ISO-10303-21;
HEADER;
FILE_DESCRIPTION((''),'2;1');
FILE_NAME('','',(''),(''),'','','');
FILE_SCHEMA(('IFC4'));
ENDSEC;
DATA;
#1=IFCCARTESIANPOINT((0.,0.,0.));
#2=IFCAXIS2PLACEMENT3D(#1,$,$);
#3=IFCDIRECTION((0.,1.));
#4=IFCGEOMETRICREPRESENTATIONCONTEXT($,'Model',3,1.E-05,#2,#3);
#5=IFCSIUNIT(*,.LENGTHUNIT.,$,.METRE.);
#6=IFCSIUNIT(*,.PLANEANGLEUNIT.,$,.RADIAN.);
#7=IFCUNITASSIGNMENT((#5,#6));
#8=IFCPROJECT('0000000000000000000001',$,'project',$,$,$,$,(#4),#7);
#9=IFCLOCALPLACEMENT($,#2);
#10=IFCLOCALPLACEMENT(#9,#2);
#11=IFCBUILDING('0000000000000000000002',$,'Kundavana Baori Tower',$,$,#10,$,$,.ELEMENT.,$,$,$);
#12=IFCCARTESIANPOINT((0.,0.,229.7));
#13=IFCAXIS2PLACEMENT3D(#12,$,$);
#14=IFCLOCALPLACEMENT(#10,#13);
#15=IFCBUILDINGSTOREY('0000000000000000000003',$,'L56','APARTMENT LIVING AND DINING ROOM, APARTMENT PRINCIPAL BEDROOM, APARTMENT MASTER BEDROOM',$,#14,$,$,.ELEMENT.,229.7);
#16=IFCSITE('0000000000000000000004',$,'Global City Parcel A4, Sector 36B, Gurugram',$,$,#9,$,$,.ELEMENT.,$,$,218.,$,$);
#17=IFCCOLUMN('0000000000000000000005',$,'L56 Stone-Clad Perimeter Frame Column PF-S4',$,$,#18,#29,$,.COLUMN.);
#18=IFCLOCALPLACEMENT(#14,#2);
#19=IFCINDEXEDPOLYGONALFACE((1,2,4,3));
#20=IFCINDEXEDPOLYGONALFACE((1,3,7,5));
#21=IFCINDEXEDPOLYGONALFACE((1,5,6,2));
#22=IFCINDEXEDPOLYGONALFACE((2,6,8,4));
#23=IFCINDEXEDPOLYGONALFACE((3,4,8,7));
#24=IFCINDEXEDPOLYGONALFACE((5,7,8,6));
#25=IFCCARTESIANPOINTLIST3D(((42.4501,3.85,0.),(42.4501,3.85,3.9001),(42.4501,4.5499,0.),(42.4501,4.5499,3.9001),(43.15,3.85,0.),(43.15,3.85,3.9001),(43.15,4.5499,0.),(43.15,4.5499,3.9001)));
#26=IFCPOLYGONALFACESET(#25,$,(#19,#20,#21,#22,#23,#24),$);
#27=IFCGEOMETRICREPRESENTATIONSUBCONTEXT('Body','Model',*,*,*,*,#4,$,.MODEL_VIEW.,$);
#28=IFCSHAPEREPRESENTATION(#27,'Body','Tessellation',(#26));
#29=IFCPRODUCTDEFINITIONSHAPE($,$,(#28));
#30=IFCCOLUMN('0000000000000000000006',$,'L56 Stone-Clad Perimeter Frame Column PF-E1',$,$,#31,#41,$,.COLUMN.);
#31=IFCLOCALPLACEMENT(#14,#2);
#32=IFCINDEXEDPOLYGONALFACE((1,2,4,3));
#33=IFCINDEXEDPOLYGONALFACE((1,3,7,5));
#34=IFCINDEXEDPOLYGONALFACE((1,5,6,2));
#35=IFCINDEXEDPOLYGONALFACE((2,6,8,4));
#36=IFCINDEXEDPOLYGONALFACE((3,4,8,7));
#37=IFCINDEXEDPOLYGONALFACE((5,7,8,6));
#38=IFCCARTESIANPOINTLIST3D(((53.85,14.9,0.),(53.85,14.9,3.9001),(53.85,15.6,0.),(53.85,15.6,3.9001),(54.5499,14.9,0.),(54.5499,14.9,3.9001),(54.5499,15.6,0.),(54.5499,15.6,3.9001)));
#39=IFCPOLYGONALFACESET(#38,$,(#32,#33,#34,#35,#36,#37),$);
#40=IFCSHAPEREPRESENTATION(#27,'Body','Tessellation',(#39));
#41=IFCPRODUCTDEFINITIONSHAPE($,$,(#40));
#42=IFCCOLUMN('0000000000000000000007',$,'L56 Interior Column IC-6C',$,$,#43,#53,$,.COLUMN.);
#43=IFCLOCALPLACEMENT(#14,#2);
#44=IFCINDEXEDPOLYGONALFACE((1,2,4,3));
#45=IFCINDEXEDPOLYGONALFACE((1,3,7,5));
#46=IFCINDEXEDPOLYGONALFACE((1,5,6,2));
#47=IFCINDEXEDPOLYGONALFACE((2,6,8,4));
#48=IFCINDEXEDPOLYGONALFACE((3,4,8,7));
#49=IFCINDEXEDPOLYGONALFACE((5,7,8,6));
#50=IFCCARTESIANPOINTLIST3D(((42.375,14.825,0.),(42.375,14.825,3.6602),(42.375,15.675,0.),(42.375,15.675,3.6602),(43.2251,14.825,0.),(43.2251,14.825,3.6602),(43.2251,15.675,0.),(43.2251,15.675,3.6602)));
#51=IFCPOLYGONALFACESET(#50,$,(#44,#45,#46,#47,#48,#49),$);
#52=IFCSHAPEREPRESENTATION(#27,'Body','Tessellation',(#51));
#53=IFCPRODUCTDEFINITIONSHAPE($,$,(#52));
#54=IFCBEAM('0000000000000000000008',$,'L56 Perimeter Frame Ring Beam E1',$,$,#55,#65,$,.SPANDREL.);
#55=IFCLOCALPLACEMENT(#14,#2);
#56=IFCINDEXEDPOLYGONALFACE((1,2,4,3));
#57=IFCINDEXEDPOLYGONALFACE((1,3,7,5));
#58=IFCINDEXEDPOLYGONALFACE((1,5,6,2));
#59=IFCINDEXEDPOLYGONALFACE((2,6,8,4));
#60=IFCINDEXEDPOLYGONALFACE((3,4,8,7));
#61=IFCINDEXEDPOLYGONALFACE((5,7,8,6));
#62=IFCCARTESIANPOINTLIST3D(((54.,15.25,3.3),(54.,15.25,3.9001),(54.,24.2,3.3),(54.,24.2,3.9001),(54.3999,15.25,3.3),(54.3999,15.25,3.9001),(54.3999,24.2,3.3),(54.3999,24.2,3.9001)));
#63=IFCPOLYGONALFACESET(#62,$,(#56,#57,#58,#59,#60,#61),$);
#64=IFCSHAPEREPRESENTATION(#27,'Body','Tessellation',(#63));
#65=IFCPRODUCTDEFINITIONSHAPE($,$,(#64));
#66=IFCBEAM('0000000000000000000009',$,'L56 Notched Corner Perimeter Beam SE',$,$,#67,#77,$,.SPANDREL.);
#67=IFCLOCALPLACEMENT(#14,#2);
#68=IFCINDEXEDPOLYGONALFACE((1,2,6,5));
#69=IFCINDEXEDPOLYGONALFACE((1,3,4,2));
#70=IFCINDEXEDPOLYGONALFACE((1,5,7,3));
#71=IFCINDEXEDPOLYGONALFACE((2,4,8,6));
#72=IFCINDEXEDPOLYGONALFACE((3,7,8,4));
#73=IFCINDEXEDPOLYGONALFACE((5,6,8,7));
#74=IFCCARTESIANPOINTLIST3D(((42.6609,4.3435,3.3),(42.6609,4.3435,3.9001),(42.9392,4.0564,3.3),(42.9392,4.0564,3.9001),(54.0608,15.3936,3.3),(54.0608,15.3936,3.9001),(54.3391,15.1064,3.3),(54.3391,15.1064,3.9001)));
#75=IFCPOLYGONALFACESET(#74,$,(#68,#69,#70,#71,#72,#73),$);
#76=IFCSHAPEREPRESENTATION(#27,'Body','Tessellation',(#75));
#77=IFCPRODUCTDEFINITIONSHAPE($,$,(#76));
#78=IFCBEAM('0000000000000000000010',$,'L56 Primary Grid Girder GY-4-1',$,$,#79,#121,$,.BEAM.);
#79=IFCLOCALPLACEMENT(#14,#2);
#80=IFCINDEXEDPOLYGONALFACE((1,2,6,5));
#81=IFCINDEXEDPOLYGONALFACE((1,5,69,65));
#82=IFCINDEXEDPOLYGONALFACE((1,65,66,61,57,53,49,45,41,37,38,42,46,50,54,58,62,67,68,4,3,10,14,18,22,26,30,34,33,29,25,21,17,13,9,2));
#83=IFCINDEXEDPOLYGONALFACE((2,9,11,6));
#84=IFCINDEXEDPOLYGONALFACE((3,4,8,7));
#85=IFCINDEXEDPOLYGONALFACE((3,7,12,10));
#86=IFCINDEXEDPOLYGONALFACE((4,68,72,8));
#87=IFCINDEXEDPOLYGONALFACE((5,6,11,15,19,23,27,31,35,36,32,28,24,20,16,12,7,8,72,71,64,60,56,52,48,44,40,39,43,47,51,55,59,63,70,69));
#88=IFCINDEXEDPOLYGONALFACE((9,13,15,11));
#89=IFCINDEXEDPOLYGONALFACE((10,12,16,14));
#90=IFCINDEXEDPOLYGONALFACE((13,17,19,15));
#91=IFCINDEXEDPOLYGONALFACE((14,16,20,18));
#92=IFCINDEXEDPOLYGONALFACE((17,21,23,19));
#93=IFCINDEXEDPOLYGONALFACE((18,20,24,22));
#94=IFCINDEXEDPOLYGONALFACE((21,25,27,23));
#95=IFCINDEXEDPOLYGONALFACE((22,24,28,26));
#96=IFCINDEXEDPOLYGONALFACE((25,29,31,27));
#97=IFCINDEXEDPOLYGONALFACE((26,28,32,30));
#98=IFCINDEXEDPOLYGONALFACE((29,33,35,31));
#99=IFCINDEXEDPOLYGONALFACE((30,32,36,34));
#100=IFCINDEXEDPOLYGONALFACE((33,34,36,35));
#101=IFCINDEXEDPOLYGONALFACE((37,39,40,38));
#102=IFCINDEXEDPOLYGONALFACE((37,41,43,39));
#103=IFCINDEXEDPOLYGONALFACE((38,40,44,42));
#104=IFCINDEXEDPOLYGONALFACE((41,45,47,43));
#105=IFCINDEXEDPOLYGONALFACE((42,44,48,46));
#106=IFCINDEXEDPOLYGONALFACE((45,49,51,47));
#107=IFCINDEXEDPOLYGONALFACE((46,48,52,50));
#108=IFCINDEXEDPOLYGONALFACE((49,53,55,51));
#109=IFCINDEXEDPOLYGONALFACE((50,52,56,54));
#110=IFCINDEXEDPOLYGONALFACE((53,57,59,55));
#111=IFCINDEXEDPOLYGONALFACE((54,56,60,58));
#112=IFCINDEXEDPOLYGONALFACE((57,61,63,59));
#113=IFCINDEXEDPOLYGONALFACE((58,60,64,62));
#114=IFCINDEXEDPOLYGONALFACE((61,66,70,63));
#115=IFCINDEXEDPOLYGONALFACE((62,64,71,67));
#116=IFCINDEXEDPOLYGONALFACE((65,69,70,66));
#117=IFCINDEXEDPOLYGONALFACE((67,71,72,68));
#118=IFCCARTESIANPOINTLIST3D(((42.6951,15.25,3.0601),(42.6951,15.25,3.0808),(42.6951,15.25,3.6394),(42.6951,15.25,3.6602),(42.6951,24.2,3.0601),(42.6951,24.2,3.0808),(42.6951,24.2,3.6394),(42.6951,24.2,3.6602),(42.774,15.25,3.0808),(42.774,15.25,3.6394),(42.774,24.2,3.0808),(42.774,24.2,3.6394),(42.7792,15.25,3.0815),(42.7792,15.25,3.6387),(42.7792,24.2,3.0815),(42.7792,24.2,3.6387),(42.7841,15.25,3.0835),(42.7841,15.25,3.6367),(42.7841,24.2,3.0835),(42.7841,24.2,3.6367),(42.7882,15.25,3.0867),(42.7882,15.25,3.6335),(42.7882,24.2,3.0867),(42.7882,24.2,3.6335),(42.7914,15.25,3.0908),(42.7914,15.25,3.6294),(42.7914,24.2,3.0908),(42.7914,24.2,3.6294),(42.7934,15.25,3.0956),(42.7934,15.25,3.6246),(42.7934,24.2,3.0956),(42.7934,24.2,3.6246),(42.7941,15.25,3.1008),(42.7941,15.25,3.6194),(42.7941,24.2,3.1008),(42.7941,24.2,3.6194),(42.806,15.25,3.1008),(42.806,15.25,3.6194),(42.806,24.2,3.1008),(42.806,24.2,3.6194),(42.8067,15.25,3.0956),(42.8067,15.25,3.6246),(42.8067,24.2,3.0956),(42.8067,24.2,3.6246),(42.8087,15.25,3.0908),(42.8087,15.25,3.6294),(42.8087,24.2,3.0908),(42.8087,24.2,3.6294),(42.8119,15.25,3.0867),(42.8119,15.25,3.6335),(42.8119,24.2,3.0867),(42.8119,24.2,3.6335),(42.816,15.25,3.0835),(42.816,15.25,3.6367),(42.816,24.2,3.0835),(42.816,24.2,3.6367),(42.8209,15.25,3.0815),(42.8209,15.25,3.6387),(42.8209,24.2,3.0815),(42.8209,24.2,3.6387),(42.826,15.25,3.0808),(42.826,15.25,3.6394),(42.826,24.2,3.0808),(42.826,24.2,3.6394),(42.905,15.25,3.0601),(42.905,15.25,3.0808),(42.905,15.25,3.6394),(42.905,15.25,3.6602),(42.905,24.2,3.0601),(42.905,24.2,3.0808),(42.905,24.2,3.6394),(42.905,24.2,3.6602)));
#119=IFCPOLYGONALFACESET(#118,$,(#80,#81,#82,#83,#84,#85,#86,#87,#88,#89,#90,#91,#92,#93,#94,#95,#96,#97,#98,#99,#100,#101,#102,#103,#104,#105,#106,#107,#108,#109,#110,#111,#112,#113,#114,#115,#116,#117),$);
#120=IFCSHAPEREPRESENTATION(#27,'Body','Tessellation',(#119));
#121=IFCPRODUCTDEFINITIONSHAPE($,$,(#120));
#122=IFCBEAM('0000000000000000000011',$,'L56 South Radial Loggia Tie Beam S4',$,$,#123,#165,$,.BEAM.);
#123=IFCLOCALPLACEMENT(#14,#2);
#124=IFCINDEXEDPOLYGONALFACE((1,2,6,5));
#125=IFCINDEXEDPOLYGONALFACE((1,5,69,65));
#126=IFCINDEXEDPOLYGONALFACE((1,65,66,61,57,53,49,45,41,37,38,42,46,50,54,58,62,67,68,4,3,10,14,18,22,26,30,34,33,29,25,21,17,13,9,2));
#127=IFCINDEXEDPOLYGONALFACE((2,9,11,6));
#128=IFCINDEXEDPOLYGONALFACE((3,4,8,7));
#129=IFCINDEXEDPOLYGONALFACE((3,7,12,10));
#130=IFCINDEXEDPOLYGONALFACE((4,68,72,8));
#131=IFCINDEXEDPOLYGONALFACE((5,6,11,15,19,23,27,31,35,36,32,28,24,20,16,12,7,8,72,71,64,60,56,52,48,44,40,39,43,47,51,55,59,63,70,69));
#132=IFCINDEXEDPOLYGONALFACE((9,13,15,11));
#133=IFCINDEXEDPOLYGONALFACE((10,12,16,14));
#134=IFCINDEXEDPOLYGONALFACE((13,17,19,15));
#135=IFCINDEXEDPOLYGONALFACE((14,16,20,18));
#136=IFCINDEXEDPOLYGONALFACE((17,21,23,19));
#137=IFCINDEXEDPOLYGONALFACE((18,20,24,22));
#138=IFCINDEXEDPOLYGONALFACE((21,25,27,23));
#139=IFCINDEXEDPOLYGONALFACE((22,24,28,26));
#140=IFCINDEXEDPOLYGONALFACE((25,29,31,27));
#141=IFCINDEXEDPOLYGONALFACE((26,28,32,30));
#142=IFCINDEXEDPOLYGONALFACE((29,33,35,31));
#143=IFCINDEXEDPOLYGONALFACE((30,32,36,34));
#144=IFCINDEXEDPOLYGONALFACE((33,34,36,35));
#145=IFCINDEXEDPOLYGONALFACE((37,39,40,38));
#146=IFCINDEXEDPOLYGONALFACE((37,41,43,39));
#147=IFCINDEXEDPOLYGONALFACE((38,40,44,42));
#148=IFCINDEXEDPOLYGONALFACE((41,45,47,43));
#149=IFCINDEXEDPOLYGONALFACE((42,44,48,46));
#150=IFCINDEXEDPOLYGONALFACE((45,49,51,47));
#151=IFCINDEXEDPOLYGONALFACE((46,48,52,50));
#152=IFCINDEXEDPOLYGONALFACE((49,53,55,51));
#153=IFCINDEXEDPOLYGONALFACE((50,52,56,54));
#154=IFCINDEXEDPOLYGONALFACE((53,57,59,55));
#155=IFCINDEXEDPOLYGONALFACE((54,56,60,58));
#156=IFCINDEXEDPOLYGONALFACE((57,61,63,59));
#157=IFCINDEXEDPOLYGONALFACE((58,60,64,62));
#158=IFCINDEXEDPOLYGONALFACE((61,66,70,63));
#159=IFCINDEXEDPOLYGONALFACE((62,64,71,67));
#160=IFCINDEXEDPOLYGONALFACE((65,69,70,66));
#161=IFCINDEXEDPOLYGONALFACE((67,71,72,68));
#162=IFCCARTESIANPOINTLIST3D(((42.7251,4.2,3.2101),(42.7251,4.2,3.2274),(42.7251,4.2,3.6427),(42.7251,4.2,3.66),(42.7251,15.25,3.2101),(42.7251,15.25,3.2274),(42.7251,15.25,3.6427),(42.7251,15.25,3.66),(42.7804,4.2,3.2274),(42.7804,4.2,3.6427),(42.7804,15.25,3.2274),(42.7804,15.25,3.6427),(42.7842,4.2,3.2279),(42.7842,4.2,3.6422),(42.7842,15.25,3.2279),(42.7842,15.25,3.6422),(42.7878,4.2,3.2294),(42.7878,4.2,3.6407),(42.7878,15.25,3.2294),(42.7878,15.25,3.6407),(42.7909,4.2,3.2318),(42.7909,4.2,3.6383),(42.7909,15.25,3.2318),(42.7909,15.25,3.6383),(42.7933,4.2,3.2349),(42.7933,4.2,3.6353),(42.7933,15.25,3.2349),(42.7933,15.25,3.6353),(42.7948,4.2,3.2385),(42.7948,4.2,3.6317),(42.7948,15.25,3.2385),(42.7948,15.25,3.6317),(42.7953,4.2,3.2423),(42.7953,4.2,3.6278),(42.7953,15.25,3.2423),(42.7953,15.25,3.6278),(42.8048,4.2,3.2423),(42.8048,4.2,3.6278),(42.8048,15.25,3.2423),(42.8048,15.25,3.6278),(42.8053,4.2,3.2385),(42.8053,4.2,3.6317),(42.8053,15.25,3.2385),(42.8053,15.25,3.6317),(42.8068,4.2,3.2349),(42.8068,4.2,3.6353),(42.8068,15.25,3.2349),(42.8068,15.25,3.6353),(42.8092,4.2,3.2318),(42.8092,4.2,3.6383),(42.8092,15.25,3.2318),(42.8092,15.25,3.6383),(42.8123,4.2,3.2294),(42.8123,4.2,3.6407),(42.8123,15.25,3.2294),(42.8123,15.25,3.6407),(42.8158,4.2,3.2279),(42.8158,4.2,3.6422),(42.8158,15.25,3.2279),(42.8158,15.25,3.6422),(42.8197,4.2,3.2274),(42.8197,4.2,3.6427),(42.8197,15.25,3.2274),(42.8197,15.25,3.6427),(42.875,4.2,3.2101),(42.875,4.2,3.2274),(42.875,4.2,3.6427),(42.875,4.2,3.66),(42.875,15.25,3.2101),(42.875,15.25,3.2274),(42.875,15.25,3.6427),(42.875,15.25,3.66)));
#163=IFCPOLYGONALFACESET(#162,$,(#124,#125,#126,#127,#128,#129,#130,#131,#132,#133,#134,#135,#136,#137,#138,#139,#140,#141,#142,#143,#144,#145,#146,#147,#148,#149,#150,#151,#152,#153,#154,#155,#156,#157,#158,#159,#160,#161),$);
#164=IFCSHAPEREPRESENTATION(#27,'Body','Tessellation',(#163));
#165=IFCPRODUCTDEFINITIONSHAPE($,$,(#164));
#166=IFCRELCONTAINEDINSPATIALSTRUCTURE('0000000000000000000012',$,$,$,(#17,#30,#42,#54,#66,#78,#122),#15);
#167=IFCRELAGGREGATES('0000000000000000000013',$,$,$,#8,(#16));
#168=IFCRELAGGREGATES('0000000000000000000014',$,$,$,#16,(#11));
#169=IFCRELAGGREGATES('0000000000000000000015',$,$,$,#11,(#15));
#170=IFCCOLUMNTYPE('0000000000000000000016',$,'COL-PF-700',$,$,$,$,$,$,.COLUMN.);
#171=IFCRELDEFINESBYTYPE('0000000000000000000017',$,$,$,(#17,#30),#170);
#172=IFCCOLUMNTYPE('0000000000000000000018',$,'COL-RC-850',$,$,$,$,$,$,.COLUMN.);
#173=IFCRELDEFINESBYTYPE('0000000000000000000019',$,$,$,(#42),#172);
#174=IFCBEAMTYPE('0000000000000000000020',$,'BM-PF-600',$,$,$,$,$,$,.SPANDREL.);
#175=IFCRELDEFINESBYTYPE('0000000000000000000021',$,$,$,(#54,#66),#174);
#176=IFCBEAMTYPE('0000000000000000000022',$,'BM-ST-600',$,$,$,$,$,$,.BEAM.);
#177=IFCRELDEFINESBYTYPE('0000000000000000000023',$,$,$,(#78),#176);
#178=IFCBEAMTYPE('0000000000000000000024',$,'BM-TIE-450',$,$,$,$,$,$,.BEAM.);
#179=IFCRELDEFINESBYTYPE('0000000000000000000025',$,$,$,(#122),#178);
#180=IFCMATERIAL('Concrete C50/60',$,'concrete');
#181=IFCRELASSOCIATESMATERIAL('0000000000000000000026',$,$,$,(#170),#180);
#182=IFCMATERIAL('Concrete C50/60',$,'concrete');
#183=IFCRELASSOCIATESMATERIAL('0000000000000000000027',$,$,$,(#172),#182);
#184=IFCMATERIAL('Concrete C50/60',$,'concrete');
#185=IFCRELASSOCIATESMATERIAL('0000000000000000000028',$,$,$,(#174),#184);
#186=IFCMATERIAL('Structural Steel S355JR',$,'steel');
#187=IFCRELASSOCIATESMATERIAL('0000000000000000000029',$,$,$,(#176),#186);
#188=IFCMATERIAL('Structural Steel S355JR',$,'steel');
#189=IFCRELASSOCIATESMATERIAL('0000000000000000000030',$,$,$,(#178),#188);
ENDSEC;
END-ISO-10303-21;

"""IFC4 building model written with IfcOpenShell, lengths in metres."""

from ifc_helpers import new_model, si_unit, direction, frame, origin, origin_2d, place, context, subcontext, project, spatial, rectangle, i_section, extrude, material, material_profile, profile_set, type_object, element, save


model = new_model("IFC4")

# Units and contexts
model_context = context("Model", 3, precision=1e-05, world=origin(), true_north=direction((0.0, 1.0)))
body_context = subcontext(model_context, "Body", "Model", "MODEL_VIEW")
ifc_project = project(units=[si_unit("LENGTHUNIT", "METRE"), si_unit("PLANEANGLEUNIT", "RADIAN")], contexts=[model_context])

# Site, building, storey
site_placement = place(None, origin())
site = spatial("IfcSite", under=ifc_project, at=site_placement, Name="Global City Parcel A4, Sector 36B, Gurugram", CompositionType="ELEMENT", RefElevation=218.0)
building_placement = place(site_placement, origin())
building = spatial("IfcBuilding", under=site, at=building_placement, Name="Kundavana Baori Tower", CompositionType="ELEMENT")
storey_placement = place(building_placement, frame((0.0, 0.0, 229.7)))
storey = spatial("IfcBuildingStorey", under=building, at=storey_placement, Name="L56", Description="APARTMENT LIVING AND DINING ROOM, APARTMENT PRINCIPAL BEDROOM, APARTMENT MASTER BEDROOM", CompositionType="ELEMENT", Elevation=229.7)

# Columns
ifc_material_1 = material(Name="Concrete C50/60", Category="concrete")
ifc_material_profile_1 = material_profile(ifc_material_1, rectangle(XDim=0.7, YDim=0.7, at=origin_2d()), Name="RC PF 700x700")
ifc_profile_set_1 = profile_set([ifc_material_profile_1], Name="Concrete C50/60")
column_type_1 = type_object("IfcColumnType", Name="COL-PF-700", PredefinedType="COLUMN", material=ifc_profile_set_1)
for number, where, z_axis, x_axis, name in (
    (1, (42.8, 4.2, 0.0), (0.0, 0.0, 1.0), (1.0, 0.0, 0.0), "L56 Stone-Clad Perimeter Frame Column PF-S4"),
    (2, (54.2, 15.25, 0.0), (0.0, 0.0, 1.0), (1.0, 0.0, 0.0), "L56 Stone-Clad Perimeter Frame Column PF-E1"),
):
    element("IfcColumn", number, at=place(storey_placement, frame(where, z_axis=z_axis, x_axis=x_axis)), inside=storey, type_object=column_type_1, Name=name, PredefinedType="COLUMN", context=body_context, shape_type="SweptSolid", body=[
        extrude(rectangle(XDim=0.7, YDim=0.7, at=origin_2d()), origin(), (0.0, 0.0, 1.0), 3.9001),
    ])
ifc_material_2 = material(Name="Concrete C50/60", Category="concrete")
ifc_material_profile_2 = material_profile(ifc_material_2, rectangle(XDim=0.8501, YDim=0.8501, at=origin_2d()), Name="RC 850x850")
ifc_profile_set_2 = profile_set([ifc_material_profile_2], Name="Concrete C50/60")
column_type_2 = type_object("IfcColumnType", Name="COL-RC-850", PredefinedType="COLUMN", material=ifc_profile_set_2)
column_placement = place(storey_placement, frame((42.8, 15.25, 0.0), z_axis=(0.0, 0.0, 1.0), x_axis=(1.0, 0.0, 0.0)))
element("IfcColumn", 3, at=column_placement, inside=storey, type_object=column_type_2, Name="L56 Interior Column IC-6C", PredefinedType="COLUMN", context=body_context, shape_type="SweptSolid", body=[
    extrude(rectangle(XDim=0.8501, YDim=0.8501, at=origin_2d()), origin(), (0.0, 0.0, 1.0), 3.6602),
])

# Beams
ifc_material_3 = material(Name="Concrete C50/60", Category="concrete")
ifc_material_profile_3 = material_profile(ifc_material_3, rectangle(XDim=0.3999, YDim=0.6001, at=origin_2d()), Name="RC BM 400x600")
ifc_profile_set_3 = profile_set([ifc_material_profile_3], Name="Concrete C50/60")
beam_type_1 = type_object("IfcBeamType", Name="BM-PF-600", PredefinedType="SPANDREL", material=ifc_profile_set_3)
beam_1_placement = place(storey_placement, frame((54.2, 15.25, 3.6001), z_axis=(0.0, 1.0, 0.0), x_axis=(-1.0, 0.0, 0.0)))
element("IfcBeam", 4, at=beam_1_placement, inside=storey, type_object=beam_type_1, Name="L56 Perimeter Frame Ring Beam E1", PredefinedType="SPANDREL", context=body_context, shape_type="SweptSolid", body=[
    extrude(rectangle(XDim=0.3999, YDim=0.6001, at=origin_2d()), origin(), (0.0, 0.0, 1.0), 8.95),
])
beam_2_placement = place(storey_placement, frame((42.8, 4.2, 3.6001), z_axis=(0.718039, 0.696003, 0.0), x_axis=(-0.696003, 0.718039, 0.0)))
element("IfcBeam", 5, at=beam_2_placement, inside=storey, type_object=beam_type_1, Name="L56 Notched Corner Perimeter Beam SE", PredefinedType="SPANDREL", context=body_context, shape_type="SweptSolid", body=[
    extrude(rectangle(XDim=0.3999, YDim=0.6001, at=origin_2d()), origin(), (0.0, 0.0, 1.0), 15.8765),
])
ifc_material_4 = material(Name="Structural Steel S355JR", Category="steel")
ifc_material_profile_4 = material_profile(ifc_material_4, i_section(OverallWidth=0.21, OverallDepth=0.6001, WebThickness=0.012, FlangeThickness=0.0208, FilletRadius=0.02, at=origin_2d()), Name="ISMB 600")
ifc_profile_set_4 = profile_set([ifc_material_profile_4], Name="Structural Steel S355JR")
beam_type_2 = type_object("IfcBeamType", Name="BM-ST-600", PredefinedType="BEAM", material=ifc_profile_set_4)
beam_3_placement = place(storey_placement, frame((42.8, 15.25, 3.3601), z_axis=(0.0, 1.0, 0.0), x_axis=(-1.0, 0.0, 0.0)))
element("IfcBeam", 6, at=beam_3_placement, inside=storey, type_object=beam_type_2, Name="L56 Primary Grid Girder GY-4-1", PredefinedType="BEAM", context=body_context, shape_type="SweptSolid", body=[
    extrude(i_section(OverallWidth=0.21, OverallDepth=0.6001, WebThickness=0.012, FlangeThickness=0.0208, FilletRadius=0.02, at=origin_2d()), origin(), (0.0, 0.0, 1.0), 8.95),
])
ifc_material_5 = material(Name="Structural Steel S355JR", Category="steel")
ifc_material_profile_5 = material_profile(ifc_material_5, i_section(OverallWidth=0.1499, OverallDepth=0.45, WebThickness=0.0095, FlangeThickness=0.0173, FilletRadius=0.0149, at=origin_2d()), Name="ISMB 450")
ifc_profile_set_5 = profile_set([ifc_material_profile_5], Name="Structural Steel S355JR")
beam_type_3 = type_object("IfcBeamType", Name="BM-TIE-450", PredefinedType="BEAM", material=ifc_profile_set_5)
beam_4_placement = place(storey_placement, frame((42.8, 15.25, 3.4351), z_axis=(0.0, -1.0, 0.0), x_axis=(1.0, 0.0, 0.0)))
element("IfcBeam", 7, at=beam_4_placement, inside=storey, type_object=beam_type_3, Name="L56 South Radial Loggia Tie Beam S4", PredefinedType="BEAM", context=body_context, shape_type="SweptSolid", body=[
    extrude(i_section(OverallWidth=0.1499, OverallDepth=0.45, WebThickness=0.0095, FlangeThickness=0.0173, FilletRadius=0.0149, at=origin_2d()), origin(), (0.0, 0.0, 1.0), 11.05),
])

save(model, "model.ifc")
